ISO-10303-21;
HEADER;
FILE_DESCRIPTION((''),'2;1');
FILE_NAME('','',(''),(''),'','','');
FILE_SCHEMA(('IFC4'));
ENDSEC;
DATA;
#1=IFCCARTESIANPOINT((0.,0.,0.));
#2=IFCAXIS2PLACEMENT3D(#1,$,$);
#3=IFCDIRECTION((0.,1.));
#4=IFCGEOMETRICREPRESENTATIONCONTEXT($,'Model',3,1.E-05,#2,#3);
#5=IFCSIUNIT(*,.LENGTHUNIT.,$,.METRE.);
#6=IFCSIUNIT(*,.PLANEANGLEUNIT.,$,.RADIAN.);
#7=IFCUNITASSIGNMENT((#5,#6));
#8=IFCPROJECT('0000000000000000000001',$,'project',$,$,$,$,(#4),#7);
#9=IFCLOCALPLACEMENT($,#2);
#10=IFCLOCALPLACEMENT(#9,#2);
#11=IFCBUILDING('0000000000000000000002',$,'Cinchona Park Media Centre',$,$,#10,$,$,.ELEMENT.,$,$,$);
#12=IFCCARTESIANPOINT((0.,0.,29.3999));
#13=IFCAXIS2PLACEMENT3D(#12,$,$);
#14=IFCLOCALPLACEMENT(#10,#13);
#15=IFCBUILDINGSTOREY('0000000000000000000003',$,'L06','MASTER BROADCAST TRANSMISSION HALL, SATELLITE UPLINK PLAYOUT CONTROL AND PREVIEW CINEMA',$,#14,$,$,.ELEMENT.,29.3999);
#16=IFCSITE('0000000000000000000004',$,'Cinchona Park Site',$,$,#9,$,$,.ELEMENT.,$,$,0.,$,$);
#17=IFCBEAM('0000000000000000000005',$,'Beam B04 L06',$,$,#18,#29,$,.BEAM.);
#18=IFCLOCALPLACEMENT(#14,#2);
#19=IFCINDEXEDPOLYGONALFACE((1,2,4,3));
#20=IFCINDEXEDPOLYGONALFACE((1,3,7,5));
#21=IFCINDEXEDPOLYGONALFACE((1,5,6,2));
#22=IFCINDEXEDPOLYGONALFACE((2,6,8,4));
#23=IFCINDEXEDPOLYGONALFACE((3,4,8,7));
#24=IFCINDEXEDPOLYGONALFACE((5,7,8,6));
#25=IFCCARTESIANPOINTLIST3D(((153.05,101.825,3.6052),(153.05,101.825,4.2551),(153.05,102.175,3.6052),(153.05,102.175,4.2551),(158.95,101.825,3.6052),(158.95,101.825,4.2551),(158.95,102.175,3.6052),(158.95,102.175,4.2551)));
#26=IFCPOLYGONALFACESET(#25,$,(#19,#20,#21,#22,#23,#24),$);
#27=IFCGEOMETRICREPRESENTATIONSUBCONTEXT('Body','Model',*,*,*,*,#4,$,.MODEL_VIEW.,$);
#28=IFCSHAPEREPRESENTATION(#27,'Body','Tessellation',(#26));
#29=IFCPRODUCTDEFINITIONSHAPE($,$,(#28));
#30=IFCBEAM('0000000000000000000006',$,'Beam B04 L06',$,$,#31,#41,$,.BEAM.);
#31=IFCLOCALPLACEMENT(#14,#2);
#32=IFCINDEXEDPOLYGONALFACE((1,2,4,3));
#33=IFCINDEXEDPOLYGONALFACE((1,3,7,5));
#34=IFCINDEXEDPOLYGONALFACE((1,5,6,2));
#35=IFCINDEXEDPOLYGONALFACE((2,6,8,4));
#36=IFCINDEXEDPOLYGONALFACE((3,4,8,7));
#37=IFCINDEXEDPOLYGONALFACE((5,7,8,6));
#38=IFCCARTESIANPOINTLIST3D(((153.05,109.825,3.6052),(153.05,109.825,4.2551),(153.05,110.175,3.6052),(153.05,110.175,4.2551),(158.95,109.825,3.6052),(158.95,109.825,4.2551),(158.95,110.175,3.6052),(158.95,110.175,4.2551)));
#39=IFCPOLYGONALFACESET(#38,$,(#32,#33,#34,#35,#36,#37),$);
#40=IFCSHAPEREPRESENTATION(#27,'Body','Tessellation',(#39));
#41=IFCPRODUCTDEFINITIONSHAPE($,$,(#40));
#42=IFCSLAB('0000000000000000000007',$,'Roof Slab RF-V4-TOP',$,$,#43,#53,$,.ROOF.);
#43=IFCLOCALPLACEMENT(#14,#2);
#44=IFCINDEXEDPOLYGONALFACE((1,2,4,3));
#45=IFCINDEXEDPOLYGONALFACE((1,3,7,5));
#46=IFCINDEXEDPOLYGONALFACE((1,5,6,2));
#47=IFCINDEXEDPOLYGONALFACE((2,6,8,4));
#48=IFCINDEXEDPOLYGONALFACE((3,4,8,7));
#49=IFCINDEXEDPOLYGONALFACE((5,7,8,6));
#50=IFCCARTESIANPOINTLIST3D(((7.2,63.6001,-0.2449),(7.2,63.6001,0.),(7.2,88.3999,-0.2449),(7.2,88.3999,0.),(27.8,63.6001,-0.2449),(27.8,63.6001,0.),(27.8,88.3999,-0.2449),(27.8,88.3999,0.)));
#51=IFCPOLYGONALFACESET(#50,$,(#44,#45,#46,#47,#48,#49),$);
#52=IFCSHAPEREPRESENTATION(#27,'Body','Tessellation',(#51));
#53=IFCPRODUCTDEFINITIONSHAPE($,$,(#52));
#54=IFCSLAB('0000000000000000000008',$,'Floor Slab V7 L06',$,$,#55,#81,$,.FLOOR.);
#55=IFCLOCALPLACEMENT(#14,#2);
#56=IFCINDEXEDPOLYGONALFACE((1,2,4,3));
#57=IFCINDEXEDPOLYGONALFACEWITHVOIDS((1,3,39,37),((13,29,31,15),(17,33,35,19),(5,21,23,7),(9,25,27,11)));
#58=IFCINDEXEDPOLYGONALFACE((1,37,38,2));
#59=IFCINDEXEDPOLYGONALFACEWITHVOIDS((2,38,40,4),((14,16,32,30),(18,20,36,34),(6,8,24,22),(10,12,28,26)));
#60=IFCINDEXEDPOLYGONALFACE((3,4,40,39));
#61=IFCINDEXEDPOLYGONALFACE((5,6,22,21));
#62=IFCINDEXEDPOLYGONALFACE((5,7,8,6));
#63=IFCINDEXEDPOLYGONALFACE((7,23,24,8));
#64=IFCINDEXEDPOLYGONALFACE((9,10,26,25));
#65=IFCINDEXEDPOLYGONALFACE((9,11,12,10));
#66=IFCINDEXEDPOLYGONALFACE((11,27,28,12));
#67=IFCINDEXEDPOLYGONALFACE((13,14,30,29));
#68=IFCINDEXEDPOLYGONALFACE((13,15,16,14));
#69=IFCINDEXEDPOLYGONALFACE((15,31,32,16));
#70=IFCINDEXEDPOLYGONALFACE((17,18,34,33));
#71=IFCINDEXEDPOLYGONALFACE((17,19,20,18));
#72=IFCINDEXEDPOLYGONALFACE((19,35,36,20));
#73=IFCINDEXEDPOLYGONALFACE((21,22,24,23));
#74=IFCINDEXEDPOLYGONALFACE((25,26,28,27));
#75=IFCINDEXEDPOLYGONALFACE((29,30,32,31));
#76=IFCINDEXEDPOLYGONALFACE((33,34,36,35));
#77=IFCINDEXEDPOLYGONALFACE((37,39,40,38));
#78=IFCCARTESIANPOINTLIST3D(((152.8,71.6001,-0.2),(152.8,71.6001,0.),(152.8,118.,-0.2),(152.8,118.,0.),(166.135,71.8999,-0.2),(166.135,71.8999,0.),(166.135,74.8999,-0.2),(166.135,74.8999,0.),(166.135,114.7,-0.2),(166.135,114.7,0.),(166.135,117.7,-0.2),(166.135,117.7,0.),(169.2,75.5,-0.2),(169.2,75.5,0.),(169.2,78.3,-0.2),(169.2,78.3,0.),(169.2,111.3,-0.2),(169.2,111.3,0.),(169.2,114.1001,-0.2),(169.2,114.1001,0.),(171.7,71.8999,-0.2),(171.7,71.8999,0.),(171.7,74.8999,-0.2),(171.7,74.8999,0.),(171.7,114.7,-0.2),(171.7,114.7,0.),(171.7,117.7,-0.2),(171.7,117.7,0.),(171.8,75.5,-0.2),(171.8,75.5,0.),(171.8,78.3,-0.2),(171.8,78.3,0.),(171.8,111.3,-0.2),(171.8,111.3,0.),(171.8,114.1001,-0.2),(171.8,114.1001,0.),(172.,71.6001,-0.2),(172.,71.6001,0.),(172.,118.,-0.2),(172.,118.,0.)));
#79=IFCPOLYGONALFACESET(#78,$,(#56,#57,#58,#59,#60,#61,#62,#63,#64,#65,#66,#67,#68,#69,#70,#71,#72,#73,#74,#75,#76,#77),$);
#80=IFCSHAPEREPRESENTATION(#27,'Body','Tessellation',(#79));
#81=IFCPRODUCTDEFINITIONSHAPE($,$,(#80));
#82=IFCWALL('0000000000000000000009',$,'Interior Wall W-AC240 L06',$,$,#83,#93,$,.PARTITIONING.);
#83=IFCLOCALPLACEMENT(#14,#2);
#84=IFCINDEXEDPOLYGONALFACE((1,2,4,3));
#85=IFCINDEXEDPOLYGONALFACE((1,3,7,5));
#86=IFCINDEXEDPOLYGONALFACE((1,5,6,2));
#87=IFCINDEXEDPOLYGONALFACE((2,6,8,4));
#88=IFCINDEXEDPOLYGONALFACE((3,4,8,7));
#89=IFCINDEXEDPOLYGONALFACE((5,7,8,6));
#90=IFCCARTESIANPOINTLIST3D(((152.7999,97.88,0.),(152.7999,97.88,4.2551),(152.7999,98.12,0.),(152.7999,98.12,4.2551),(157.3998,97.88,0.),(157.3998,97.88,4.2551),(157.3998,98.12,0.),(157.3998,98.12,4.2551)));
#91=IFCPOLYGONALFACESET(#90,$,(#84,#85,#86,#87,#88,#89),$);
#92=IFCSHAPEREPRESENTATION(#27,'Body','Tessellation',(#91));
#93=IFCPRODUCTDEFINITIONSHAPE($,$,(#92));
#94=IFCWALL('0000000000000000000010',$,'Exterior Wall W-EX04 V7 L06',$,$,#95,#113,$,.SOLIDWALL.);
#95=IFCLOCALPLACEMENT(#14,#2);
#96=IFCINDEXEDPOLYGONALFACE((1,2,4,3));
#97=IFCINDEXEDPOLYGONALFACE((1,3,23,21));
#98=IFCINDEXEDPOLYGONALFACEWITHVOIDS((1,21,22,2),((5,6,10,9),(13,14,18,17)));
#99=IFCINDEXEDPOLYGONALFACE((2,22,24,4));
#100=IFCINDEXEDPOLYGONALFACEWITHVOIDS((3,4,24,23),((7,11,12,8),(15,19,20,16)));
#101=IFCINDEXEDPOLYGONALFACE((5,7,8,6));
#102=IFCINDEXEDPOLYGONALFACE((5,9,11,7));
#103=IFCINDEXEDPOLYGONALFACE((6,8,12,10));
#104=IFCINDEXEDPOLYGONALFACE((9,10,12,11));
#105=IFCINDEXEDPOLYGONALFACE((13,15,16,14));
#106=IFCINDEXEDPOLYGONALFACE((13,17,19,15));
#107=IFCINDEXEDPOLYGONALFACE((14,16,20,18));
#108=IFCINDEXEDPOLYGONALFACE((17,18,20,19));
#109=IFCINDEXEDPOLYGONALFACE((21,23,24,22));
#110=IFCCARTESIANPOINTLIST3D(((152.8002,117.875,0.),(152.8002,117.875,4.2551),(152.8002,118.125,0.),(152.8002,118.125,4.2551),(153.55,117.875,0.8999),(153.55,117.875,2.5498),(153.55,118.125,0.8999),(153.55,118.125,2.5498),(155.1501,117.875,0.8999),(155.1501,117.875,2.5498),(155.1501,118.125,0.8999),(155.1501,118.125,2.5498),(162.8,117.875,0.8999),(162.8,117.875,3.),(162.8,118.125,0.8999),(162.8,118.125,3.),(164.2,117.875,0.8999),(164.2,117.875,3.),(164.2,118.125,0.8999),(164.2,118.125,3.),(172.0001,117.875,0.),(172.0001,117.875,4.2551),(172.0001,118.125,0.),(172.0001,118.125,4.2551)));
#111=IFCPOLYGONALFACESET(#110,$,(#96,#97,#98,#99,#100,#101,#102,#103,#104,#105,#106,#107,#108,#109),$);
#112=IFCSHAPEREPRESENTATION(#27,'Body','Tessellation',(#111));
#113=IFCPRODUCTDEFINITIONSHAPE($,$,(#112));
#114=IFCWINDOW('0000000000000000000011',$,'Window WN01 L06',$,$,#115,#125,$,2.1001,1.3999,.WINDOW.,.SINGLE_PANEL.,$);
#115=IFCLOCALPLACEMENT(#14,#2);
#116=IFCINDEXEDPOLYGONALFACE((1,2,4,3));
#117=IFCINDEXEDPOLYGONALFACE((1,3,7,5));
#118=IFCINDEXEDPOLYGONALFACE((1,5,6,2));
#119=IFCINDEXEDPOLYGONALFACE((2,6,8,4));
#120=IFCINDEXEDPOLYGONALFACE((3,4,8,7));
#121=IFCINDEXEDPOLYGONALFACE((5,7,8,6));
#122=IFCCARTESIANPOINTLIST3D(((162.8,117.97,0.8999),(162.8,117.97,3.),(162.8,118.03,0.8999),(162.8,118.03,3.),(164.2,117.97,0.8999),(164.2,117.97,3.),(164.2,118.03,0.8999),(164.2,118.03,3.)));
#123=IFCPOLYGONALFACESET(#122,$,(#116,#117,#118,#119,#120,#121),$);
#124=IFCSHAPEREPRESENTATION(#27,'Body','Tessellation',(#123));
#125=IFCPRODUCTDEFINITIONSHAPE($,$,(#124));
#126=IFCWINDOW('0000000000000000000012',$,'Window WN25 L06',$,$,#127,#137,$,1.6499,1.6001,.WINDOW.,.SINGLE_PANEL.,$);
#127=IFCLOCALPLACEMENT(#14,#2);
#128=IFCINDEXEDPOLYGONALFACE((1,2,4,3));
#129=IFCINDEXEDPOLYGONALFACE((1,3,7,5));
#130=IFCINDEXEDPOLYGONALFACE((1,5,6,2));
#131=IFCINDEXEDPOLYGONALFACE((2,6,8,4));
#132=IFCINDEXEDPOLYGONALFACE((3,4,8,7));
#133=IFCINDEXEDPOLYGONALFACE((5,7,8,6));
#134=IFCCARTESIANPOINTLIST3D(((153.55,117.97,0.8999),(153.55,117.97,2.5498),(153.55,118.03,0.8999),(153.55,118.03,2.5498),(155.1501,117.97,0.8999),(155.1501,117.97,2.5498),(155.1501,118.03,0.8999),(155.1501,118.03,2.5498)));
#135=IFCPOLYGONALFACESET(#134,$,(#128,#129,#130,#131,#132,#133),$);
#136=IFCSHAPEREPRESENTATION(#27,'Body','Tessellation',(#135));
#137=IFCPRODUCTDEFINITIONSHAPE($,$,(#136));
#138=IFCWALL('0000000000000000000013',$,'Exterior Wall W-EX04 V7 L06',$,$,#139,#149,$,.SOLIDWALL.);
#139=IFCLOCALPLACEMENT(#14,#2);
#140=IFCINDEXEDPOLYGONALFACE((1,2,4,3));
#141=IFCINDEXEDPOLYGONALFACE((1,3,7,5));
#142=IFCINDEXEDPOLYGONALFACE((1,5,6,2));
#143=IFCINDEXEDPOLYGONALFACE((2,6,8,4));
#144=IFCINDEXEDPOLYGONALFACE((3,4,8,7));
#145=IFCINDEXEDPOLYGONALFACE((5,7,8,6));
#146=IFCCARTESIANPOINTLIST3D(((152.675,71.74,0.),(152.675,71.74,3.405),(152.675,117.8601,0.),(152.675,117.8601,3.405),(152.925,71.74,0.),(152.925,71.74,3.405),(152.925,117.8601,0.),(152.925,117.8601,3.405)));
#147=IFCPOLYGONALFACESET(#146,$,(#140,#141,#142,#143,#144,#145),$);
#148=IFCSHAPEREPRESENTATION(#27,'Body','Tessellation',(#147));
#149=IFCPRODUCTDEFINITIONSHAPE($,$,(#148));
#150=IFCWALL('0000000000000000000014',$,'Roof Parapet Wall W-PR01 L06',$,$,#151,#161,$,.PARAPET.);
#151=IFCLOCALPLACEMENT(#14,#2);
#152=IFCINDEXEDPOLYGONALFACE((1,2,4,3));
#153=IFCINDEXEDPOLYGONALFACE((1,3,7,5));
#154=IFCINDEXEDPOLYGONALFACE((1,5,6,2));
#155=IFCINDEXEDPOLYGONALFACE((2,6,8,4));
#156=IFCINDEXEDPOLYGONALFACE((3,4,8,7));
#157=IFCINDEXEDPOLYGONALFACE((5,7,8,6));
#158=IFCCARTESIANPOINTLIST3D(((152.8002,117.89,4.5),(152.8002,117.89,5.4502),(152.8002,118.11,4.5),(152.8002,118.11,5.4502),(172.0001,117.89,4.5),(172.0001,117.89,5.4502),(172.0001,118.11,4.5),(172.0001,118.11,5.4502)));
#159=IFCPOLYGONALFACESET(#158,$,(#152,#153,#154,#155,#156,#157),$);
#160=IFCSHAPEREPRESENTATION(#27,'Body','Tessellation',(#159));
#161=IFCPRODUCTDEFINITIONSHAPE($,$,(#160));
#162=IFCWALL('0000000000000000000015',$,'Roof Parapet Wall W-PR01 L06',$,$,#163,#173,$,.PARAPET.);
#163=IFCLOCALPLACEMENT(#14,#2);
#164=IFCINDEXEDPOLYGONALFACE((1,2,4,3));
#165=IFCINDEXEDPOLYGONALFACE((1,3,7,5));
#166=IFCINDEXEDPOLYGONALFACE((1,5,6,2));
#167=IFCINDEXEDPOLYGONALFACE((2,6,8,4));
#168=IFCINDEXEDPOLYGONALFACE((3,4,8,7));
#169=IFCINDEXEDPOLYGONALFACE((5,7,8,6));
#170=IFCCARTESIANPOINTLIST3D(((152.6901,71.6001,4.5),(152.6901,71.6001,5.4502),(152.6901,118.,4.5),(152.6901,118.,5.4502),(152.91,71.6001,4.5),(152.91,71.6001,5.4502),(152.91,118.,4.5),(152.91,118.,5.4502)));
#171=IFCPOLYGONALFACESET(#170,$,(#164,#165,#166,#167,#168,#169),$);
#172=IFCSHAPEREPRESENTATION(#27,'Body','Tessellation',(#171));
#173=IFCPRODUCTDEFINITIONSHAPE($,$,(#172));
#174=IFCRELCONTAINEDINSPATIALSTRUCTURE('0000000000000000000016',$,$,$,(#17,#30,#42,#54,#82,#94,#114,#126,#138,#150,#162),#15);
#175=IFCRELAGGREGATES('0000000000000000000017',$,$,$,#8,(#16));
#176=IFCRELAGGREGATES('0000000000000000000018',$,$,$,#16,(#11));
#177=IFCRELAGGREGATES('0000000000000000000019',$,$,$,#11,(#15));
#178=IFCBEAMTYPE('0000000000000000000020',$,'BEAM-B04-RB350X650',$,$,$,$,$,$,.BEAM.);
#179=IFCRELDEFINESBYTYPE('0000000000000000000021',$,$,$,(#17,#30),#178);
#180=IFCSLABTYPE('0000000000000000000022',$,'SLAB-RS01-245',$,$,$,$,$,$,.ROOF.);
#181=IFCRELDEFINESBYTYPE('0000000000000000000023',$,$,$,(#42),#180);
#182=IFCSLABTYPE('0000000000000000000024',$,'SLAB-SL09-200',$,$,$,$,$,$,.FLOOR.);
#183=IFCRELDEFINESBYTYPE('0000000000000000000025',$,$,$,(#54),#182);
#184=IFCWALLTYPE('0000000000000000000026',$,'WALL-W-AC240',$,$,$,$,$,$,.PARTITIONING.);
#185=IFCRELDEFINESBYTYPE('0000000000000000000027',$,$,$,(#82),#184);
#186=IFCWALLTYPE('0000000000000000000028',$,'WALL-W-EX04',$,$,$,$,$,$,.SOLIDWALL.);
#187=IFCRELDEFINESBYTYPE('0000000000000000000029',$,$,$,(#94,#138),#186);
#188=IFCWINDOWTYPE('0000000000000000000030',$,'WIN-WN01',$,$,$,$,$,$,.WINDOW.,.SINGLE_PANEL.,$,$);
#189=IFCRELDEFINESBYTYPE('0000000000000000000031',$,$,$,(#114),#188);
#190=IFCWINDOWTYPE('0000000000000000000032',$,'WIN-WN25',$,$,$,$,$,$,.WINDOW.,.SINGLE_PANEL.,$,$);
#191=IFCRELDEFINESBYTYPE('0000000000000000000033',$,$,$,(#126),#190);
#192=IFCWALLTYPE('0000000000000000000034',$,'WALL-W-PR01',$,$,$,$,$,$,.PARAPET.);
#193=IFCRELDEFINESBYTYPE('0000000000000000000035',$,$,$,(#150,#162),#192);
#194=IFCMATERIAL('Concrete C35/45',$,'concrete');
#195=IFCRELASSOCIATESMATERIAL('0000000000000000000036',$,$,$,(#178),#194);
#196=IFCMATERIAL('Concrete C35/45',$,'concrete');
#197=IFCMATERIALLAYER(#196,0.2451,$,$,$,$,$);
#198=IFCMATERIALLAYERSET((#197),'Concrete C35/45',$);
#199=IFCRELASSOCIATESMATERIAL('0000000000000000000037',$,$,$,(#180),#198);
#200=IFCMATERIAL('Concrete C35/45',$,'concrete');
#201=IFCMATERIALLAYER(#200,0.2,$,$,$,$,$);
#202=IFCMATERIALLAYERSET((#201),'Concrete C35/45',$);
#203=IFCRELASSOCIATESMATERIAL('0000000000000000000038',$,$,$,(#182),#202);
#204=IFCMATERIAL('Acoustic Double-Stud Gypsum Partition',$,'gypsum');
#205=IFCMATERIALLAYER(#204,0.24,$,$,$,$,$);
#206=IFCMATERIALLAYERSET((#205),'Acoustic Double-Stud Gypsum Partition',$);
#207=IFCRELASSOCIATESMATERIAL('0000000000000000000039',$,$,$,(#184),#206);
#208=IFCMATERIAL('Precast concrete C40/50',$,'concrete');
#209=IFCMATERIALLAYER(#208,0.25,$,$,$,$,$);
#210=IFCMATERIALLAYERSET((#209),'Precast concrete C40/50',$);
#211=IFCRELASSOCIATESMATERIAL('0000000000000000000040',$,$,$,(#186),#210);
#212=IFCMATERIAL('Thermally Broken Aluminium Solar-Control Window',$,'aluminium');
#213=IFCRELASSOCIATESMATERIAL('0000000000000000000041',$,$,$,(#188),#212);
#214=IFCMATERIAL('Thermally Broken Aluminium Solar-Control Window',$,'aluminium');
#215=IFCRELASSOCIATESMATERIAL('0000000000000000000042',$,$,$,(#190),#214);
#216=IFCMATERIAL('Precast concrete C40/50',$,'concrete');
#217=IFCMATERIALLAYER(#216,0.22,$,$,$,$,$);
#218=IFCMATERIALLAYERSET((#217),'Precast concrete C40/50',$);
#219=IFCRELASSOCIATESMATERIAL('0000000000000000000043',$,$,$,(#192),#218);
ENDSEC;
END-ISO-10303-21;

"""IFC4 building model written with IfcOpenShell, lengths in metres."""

from ifc_helpers import new_model, si_unit, direction, frame, frame_2d, origin, origin_2d, place, context, subcontext, project, spatial, polyline, rectangle, outline, extrude, material, layer, layer_set, material_profile, profile_set, type_object, element, fill, save


model = new_model("IFC4")

# Units and contexts
model_context = context("Model", 3, precision=1e-05, world=origin(), true_north=direction((0.0, 1.0)))
body_context = subcontext(model_context, "Body", "Model", "MODEL_VIEW")
ifc_project = project(units=[si_unit("LENGTHUNIT", "METRE"), si_unit("PLANEANGLEUNIT", "RADIAN")], contexts=[model_context])

# Site, building, storey
site_placement = place(None, origin())
site = spatial("IfcSite", under=ifc_project, at=site_placement, Name="Cinchona Park Site", CompositionType="ELEMENT", RefElevation=0.0)
building_placement = place(site_placement, origin())
building = spatial("IfcBuilding", under=site, at=building_placement, Name="Cinchona Park Media Centre", CompositionType="ELEMENT")
storey_placement = place(building_placement, frame((0.0, 0.0, 29.3999)))
storey = spatial("IfcBuildingStorey", under=building, at=storey_placement, Name="L06", Description="MASTER BROADCAST TRANSMISSION HALL, SATELLITE UPLINK PLAYOUT CONTROL AND PREVIEW CINEMA", CompositionType="ELEMENT", Elevation=29.3999)

# Beams
ifc_material_1 = material(Name="Concrete C35/45", Category="concrete")
ifc_material_profile_1 = material_profile(ifc_material_1, rectangle(XDim=0.3501, YDim=0.6499, at=origin_2d()), Name="RB 350X650")
ifc_profile_set_1 = profile_set([ifc_material_profile_1], Name="Concrete C35/45")
beam_type_1 = type_object("IfcBeamType", Name="BEAM-B04-RB350X650", PredefinedType="BEAM", material=ifc_profile_set_1)
for number, where, z_axis, x_axis, name in (
    (1, (153.05, 102.0, 3.9302), (1.0, 0.0, 0.0), (0.0, 1.0, 0.0), "Beam B04 L06"),
    (2, (153.05, 110.0, 3.9302), (1.0, 0.0, 0.0), (0.0, 1.0, 0.0), "Beam B04 L06"),
):
    element("IfcBeam", number, at=place(storey_placement, frame(where, z_axis=z_axis, x_axis=x_axis)), inside=storey, type_object=beam_type_1, Name=name, PredefinedType="BEAM", context=body_context, shape_type="SweptSolid", body=[
        extrude(rectangle(XDim=0.3501, YDim=0.6499, at=origin_2d()), origin(), (0.0, 0.0, 1.0), 5.8999),
    ])

# Slabs
ifc_material_2 = material(Name="Concrete C35/45", Category="concrete")
ifc_layer_1 = layer(ifc_material_2, 0.2451)
ifc_layer_set_1 = layer_set([ifc_layer_1], Name="Concrete C35/45")
slab_type_1 = type_object("IfcSlabType", Name="SLAB-RS01-245", PredefinedType="ROOF", material=ifc_layer_set_1)
slab_1_placement = place(storey_placement, frame((0.0, 0.0, -0.2449)))
element("IfcSlab", 3, at=slab_1_placement, inside=storey, type_object=slab_type_1, Name="Roof Slab RF-V4-TOP", PredefinedType="ROOF", context=body_context, shape_type="SweptSolid", body=[
    extrude(outline(polyline([(7.2, 63.6001), (27.8, 63.6001), (27.8, 88.3999), (7.2, 88.3999), (7.2, 63.6001)])), origin(), (0.0, 0.0, 1.0), 0.2449),
])
ifc_material_3 = material(Name="Concrete C35/45", Category="concrete")
ifc_layer_2 = layer(ifc_material_3, 0.2)
ifc_layer_set_2 = layer_set([ifc_layer_2], Name="Concrete C35/45")
slab_type_2 = type_object("IfcSlabType", Name="SLAB-SL09-200", PredefinedType="FLOOR", material=ifc_layer_set_2)
slab_2_placement = place(storey_placement, frame((0.0, 0.0, -0.2)))
element("IfcSlab", 4, at=slab_2_placement, inside=storey, type_object=slab_type_2, Name="Floor Slab V7 L06", PredefinedType="FLOOR", context=body_context, shape_type="SweptSolid", body=[
    extrude(outline(polyline([(152.8, 71.6001), (172.0, 71.6001), (172.0, 118.0), (152.8, 118.0), (152.8, 71.6001)]), holes=[polyline([(166.135, 71.8999), (171.7, 71.8999), (171.7, 74.8999), (166.135, 74.8999), (166.135, 71.8999)]), polyline([(169.2, 75.5), (171.8, 75.5), (171.8, 78.3), (169.2, 78.3), (169.2, 75.5)]), polyline([(166.135, 114.7), (171.7, 114.7), (171.7, 117.7), (166.135, 117.7), (166.135, 114.7)]), polyline([(169.2, 111.3), (171.8, 111.3), (171.8, 114.1001), (169.2, 114.1001), (169.2, 111.3)])]), origin(), (0.0, 0.0, 1.0), 0.2),
])

# Wall
ifc_material_4 = material(Name="Acoustic Double-Stud Gypsum Partition", Category="gypsum")
ifc_layer_3 = layer(ifc_material_4, 0.24)
ifc_layer_set_3 = layer_set([ifc_layer_3], Name="Acoustic Double-Stud Gypsum Partition")
wall_type_1 = type_object("IfcWallType", Name="WALL-W-AC240", PredefinedType="PARTITIONING", material=ifc_layer_set_3)
wall_1_placement = place(storey_placement, frame((152.8, 98.0, 0.0), z_axis=(0.0, 0.0, 1.0), x_axis=(1.0, 0.0, 0.0)))
element("IfcWall", 5, at=wall_1_placement, inside=storey, type_object=wall_type_1, Name="Interior Wall W-AC240 L06", PredefinedType="PARTITIONING", context=body_context, shape_type="SweptSolid", body=[
    extrude(rectangle(XDim=4.5999, YDim=0.24, at=frame_2d((2.2998, 0.0))), origin(), (0.0, 0.0, 1.0), 4.2551),
])

# Wall, openings, windows
ifc_material_5 = material(Name="Precast concrete C40/50", Category="concrete")
ifc_layer_4 = layer(ifc_material_5, 0.25)
ifc_layer_set_4 = layer_set([ifc_layer_4], Name="Precast concrete C40/50")
wall_type_2 = type_object("IfcWallType", Name="WALL-W-EX04", PredefinedType="SOLIDWALL", material=ifc_layer_set_4)
wall_2_placement = place(storey_placement, frame((152.8, 118.0, 0.0), z_axis=(0.0, 0.0, 1.0), x_axis=(1.0, 0.0, 0.0)))
wall_2 = element("IfcWall", 6, at=wall_2_placement, inside=storey, type_object=wall_type_2, Name="Exterior Wall W-EX04 V7 L06", PredefinedType="SOLIDWALL", context=body_context, shape_type="SweptSolid", body=[
    extrude(rectangle(XDim=19.2, YDim=0.25, at=frame_2d((9.6001, 0.0))), origin(), (0.0, 0.0, 1.0), 4.2551),
])
opening_1_placement = place(wall_2_placement, frame((0.75, 0.0, 0.8999)))
opening_1 = element("IfcOpeningElement", 7, at=opening_1_placement, cuts=wall_2, PredefinedType="OPENING", context=body_context, shape_type="SweptSolid", body=[
    extrude(rectangle(XDim=1.6001, YDim=1.6499, at=frame_2d((0.8, 0.825))), frame((0.0, 0.135, 0.0), z_axis=(0.0, -1.0, 0.0), x_axis=(1.0, 0.0, 0.0)), (0.0, 0.0, 1.0), 0.27),
])
opening_2_placement = place(wall_2_placement, frame((10.0, 0.0, 0.8999)))
opening_2 = element("IfcOpeningElement", 8, at=opening_2_placement, cuts=wall_2, PredefinedType="OPENING", context=body_context, shape_type="SweptSolid", body=[
    extrude(rectangle(XDim=1.3999, YDim=2.1001, at=frame_2d((0.7, 1.05))), frame((0.0, 0.135, 0.0), z_axis=(0.0, -1.0, 0.0), x_axis=(1.0, 0.0, 0.0)), (0.0, 0.0, 1.0), 0.27),
])
ifc_material_6 = material(Name="Thermally Broken Aluminium Solar-Control Window", Category="aluminium")
window_type_1 = type_object("IfcWindowType", Name="WIN-WN01", PartitioningType="SINGLE_PANEL", PredefinedType="WINDOW", material=ifc_material_6)
window_1_placement = place(opening_2_placement, origin())
window_1 = element("IfcWindow", 9, at=window_1_placement, inside=storey, type_object=window_type_1, Name="Window WN01 L06", OverallHeight=2.1001, OverallWidth=1.3999, PartitioningType="SINGLE_PANEL", PredefinedType="WINDOW", context=body_context, shape_type="SweptSolid", body=[
    extrude(rectangle(XDim=1.3999, YDim=2.1001, at=frame_2d((0.7, 1.05))), frame((0.0, 0.03, 0.0), z_axis=(0.0, -1.0, 0.0), x_axis=(1.0, 0.0, 0.0)), (0.0, 0.0, 1.0), 0.0601),
])
fill(opening_2, window_1)
ifc_material_7 = material(Name="Thermally Broken Aluminium Solar-Control Window", Category="aluminium")
window_type_2 = type_object("IfcWindowType", Name="WIN-WN25", PartitioningType="SINGLE_PANEL", PredefinedType="WINDOW", material=ifc_material_7)
window_2_placement = place(opening_1_placement, origin())
window_2 = element("IfcWindow", 10, at=window_2_placement, inside=storey, type_object=window_type_2, Name="Window WN25 L06", OverallHeight=1.6499, OverallWidth=1.6001, PartitioningType="SINGLE_PANEL", PredefinedType="WINDOW", context=body_context, shape_type="SweptSolid", body=[
    extrude(rectangle(XDim=1.6001, YDim=1.6499, at=frame_2d((0.8, 0.825))), frame((0.0, 0.03, 0.0), z_axis=(0.0, -1.0, 0.0), x_axis=(1.0, 0.0, 0.0)), (0.0, 0.0, 1.0), 0.0601),
])
fill(opening_1, window_2)

# Walls
wall_3_placement = place(storey_placement, frame((152.8, 71.74, 0.0), z_axis=(0.0, 0.0, 1.0), x_axis=(0.0, 1.0, 0.0)))
element("IfcWall", 11, at=wall_3_placement, inside=storey, type_object=wall_type_2, Name="Exterior Wall W-EX04 V7 L06", PredefinedType="SOLIDWALL", context=body_context, shape_type="SweptSolid", body=[
    extrude(rectangle(XDim=46.1201, YDim=0.25, at=frame_2d((23.0601, 0.0))), origin(), (0.0, 0.0, 1.0), 3.405),
])
ifc_material_8 = material(Name="Precast concrete C40/50", Category="concrete")
ifc_layer_5 = layer(ifc_material_8, 0.22)
ifc_layer_set_5 = layer_set([ifc_layer_5], Name="Precast concrete C40/50")
wall_type_3 = type_object("IfcWallType", Name="WALL-W-PR01", PredefinedType="PARAPET", material=ifc_layer_set_5)
wall_4_placement = place(storey_placement, frame((152.8, 118.0, 4.5), z_axis=(0.0, 0.0, 1.0), x_axis=(1.0, 0.0, 0.0)))
element("IfcWall", 12, at=wall_4_placement, inside=storey, type_object=wall_type_3, Name="Roof Parapet Wall W-PR01 L06", PredefinedType="PARAPET", context=body_context, shape_type="SweptSolid", body=[
    extrude(rectangle(XDim=19.2, YDim=0.22, at=frame_2d((9.6001, 0.0))), origin(), (0.0, 0.0, 1.0), 0.9502),
])
wall_5_placement = place(storey_placement, frame((152.8, 71.6001, 4.5), z_axis=(0.0, 0.0, 1.0), x_axis=(0.0, 1.0, 0.0)))
element("IfcWall", 13, at=wall_5_placement, inside=storey, type_object=wall_type_3, Name="Roof Parapet Wall W-PR01 L06", PredefinedType="PARAPET", context=body_context, shape_type="SweptSolid", body=[
    extrude(rectangle(XDim=46.3999, YDim=0.22, at=frame_2d((23.2, 0.0))), origin(), (0.0, 0.0, 1.0), 0.9502),
])

save(model, "model.ifc")
